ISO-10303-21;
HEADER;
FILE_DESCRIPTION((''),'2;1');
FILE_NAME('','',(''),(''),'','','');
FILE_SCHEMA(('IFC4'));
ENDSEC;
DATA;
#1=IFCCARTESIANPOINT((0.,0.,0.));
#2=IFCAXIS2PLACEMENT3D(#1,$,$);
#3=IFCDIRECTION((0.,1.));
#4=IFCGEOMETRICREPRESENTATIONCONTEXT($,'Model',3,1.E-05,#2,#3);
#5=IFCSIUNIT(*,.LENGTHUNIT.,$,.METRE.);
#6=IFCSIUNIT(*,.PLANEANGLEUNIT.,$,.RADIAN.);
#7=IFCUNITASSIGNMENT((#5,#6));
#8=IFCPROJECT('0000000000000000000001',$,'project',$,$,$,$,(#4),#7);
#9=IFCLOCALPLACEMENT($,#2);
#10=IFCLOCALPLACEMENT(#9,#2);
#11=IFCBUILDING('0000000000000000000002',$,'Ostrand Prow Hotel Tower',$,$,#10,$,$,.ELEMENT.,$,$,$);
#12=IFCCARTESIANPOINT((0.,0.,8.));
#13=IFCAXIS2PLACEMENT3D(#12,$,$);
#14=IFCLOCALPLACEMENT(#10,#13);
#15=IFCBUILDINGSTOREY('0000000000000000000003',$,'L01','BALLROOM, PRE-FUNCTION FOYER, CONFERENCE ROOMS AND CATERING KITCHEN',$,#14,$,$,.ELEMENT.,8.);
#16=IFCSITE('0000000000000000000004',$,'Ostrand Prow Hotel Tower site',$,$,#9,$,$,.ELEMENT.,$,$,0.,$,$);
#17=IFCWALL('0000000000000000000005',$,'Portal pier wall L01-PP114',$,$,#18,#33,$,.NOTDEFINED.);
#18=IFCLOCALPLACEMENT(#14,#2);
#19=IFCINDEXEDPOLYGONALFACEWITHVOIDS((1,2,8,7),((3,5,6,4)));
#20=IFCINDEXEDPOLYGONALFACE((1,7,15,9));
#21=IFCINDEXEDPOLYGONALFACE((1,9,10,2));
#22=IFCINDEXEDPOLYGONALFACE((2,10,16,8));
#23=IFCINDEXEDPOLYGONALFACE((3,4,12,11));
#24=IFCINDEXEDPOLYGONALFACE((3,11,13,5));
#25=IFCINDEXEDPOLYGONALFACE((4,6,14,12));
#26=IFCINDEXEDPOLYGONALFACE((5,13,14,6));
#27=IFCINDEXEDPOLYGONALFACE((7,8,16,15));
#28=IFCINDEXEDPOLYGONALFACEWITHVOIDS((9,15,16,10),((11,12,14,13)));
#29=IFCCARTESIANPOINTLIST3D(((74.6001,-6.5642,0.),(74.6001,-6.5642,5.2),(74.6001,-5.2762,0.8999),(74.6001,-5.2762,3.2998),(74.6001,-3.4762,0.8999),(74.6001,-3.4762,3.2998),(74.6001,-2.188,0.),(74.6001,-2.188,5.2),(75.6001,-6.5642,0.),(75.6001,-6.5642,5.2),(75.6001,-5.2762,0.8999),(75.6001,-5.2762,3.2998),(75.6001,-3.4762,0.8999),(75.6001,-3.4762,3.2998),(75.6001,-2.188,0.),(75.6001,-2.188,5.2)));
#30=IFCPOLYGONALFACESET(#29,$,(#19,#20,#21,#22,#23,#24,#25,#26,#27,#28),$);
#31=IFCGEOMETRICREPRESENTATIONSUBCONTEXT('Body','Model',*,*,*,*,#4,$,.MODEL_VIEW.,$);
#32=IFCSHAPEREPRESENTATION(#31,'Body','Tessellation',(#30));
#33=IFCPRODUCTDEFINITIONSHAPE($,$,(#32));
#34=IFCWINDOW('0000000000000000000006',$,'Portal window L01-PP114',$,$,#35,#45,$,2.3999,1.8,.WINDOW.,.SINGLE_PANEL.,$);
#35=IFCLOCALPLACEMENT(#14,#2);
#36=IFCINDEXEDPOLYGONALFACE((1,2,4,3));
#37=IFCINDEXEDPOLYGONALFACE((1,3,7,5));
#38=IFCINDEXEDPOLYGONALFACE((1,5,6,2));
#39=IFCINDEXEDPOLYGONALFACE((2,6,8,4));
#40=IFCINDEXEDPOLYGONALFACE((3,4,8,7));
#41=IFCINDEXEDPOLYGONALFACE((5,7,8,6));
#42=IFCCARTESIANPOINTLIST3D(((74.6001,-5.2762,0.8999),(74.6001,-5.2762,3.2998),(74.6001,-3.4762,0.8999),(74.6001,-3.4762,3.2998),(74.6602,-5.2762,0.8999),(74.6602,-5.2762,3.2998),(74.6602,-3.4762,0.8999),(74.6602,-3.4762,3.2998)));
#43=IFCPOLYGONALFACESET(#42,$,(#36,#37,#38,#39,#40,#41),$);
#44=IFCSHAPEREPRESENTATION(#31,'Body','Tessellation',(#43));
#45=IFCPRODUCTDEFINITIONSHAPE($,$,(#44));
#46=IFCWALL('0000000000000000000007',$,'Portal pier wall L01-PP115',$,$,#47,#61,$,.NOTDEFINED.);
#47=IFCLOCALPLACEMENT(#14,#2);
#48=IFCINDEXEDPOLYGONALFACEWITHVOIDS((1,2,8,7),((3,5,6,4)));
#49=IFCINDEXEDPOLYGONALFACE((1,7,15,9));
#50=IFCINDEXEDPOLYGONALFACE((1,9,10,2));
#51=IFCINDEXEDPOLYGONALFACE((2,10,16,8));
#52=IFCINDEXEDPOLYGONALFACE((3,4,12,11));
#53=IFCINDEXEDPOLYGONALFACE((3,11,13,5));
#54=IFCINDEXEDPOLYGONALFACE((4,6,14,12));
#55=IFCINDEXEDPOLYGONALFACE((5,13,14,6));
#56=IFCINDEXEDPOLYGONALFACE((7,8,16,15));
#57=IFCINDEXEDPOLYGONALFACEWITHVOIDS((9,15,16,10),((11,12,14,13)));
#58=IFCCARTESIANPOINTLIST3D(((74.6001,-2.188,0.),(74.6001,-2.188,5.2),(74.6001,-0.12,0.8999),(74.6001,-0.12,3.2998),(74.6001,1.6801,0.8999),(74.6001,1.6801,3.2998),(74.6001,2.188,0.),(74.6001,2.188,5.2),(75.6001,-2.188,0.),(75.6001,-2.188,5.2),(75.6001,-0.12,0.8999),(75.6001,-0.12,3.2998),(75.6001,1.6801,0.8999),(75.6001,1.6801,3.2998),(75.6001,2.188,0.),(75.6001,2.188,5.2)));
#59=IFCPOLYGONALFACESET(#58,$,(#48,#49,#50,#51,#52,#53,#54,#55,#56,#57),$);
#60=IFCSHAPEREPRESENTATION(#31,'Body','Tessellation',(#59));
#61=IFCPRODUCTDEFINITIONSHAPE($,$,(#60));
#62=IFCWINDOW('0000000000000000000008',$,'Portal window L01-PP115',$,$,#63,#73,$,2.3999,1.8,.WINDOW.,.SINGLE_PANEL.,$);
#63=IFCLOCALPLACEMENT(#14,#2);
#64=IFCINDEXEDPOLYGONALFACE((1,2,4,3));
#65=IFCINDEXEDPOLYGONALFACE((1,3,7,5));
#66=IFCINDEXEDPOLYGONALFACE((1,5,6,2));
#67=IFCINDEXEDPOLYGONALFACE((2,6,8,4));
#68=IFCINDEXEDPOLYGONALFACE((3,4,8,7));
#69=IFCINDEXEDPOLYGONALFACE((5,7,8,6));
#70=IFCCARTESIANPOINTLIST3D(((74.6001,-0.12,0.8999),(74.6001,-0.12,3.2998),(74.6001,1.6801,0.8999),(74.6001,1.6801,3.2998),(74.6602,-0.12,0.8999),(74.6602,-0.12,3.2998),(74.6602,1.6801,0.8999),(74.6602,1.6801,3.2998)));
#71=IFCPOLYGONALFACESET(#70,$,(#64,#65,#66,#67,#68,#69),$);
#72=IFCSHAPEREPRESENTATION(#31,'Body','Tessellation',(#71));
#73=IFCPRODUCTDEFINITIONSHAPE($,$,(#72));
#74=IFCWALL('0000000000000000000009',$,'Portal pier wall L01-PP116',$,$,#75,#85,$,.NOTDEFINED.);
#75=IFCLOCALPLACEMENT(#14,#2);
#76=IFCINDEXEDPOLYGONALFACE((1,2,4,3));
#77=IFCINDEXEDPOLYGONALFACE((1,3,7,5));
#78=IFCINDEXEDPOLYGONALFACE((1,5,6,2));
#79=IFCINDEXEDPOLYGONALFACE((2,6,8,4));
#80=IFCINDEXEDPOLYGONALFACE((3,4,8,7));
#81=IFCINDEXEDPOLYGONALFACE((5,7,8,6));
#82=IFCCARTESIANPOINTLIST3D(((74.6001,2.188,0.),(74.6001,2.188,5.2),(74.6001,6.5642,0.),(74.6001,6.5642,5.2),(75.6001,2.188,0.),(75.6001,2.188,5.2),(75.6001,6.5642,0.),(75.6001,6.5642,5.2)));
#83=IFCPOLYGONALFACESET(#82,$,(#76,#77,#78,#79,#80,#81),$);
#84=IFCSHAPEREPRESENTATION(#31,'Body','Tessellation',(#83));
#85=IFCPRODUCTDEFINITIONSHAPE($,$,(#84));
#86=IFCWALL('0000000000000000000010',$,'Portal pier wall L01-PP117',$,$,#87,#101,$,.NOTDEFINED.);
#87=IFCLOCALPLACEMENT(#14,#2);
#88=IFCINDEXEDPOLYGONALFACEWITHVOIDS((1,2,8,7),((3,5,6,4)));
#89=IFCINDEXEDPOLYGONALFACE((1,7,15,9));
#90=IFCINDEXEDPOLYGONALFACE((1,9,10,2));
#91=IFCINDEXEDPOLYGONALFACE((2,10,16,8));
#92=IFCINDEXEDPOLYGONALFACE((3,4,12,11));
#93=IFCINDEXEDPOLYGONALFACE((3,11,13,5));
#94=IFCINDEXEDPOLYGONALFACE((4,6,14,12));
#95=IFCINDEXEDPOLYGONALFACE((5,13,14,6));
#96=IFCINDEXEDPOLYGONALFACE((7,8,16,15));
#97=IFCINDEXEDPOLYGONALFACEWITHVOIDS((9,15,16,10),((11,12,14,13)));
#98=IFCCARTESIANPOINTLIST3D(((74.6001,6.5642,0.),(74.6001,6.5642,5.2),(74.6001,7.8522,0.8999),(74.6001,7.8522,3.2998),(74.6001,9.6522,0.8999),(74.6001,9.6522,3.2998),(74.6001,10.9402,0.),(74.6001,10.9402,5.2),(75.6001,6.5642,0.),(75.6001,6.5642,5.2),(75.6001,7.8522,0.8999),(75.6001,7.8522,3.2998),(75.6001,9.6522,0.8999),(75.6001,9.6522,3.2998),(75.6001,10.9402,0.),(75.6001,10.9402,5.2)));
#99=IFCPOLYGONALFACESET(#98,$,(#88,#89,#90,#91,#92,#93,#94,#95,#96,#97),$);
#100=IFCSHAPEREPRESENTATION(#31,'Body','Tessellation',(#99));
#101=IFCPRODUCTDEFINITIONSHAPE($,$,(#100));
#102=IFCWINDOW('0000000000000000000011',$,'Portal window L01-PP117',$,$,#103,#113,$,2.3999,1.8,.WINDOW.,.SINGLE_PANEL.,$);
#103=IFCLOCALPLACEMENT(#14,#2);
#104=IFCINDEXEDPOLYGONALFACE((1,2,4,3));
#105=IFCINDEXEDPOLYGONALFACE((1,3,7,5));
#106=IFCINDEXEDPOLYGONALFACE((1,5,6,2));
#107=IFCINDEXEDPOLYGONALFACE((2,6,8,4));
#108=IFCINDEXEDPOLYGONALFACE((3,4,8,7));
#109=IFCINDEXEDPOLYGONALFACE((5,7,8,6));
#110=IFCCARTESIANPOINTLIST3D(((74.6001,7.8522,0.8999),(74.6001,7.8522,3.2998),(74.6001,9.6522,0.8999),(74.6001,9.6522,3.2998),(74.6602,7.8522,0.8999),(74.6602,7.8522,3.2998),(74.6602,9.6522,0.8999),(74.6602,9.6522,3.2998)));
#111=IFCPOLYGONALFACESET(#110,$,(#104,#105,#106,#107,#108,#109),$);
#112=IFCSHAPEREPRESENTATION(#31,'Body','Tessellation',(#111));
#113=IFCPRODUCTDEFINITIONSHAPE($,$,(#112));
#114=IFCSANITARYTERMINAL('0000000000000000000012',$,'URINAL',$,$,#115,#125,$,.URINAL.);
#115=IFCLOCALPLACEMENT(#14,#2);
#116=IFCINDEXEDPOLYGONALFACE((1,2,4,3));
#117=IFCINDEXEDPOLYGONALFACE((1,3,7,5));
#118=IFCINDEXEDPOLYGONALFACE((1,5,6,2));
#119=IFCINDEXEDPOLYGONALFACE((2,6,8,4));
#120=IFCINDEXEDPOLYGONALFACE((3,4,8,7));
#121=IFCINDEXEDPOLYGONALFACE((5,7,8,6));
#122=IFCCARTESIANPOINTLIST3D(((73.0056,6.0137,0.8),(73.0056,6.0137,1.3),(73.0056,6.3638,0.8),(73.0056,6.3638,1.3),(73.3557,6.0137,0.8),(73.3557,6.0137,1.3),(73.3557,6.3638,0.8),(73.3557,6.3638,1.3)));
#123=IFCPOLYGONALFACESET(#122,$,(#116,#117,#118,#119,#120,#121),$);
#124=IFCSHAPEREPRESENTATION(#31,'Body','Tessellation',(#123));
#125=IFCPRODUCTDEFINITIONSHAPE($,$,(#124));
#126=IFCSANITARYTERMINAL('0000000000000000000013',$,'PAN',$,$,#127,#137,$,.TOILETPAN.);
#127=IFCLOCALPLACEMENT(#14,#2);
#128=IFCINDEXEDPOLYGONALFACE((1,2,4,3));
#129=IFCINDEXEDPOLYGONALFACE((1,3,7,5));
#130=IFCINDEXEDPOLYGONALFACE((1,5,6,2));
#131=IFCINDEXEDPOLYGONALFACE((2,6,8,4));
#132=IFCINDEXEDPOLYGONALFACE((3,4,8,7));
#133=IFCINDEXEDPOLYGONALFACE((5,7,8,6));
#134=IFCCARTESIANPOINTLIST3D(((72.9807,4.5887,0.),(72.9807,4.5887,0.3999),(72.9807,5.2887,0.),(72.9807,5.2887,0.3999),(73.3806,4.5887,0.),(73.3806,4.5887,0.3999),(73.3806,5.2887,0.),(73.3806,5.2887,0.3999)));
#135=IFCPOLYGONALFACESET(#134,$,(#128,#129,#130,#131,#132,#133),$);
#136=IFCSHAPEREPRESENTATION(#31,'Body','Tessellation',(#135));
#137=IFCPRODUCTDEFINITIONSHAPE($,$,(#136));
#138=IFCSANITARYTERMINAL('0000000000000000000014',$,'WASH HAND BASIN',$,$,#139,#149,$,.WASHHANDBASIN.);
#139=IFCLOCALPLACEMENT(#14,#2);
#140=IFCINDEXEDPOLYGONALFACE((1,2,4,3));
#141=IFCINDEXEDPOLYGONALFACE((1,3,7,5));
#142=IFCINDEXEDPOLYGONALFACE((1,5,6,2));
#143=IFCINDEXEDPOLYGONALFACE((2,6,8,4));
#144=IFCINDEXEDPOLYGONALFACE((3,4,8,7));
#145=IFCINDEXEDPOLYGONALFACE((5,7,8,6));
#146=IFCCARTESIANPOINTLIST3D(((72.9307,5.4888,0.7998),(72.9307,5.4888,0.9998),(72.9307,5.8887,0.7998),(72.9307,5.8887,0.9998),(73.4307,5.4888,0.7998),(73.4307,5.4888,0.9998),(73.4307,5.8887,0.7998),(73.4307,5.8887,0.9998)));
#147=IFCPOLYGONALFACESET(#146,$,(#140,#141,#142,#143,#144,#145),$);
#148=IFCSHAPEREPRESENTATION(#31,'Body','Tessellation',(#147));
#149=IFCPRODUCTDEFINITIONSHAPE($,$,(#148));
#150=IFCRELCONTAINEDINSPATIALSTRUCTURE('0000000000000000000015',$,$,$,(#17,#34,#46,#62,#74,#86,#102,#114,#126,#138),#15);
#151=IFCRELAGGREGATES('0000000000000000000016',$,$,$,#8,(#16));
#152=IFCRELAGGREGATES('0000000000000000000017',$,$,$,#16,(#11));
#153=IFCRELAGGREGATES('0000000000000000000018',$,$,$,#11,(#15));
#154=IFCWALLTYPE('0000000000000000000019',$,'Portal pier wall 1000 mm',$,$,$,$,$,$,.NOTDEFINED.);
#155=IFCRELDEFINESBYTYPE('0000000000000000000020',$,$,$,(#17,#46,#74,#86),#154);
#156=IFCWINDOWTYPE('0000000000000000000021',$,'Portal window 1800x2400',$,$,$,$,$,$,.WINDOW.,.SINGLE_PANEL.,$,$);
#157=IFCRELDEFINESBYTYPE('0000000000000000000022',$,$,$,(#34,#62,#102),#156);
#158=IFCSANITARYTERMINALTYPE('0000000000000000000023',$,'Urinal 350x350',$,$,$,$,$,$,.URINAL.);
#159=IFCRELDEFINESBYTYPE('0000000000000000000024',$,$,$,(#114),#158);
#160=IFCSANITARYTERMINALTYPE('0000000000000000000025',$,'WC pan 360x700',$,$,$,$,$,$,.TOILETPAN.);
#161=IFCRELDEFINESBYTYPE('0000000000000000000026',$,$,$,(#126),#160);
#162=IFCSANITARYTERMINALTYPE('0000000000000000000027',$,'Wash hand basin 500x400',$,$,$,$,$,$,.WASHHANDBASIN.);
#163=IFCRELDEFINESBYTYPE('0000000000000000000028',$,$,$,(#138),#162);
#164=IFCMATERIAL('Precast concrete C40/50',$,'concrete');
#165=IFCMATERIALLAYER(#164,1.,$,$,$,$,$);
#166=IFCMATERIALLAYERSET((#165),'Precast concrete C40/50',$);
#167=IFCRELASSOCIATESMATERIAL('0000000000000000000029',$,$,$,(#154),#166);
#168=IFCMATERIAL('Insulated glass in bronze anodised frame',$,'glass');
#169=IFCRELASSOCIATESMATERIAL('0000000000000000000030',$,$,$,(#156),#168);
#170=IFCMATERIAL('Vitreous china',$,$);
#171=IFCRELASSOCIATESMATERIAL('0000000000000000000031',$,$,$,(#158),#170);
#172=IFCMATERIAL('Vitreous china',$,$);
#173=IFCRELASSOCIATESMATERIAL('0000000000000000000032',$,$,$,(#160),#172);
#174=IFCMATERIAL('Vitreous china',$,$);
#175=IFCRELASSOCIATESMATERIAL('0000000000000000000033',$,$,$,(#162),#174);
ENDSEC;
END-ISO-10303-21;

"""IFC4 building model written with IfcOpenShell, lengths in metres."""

from ifc_helpers import new_model, si_unit, direction, frame, frame_2d, origin, origin_2d, place, context, subcontext, project, spatial, polyline, rectangle, outline, extrude, material, layer, layer_set, type_object, element, fill, save


model = new_model("IFC4")

# Units and contexts
model_context = context("Model", 3, precision=1e-05, world=origin(), true_north=direction((0.0, 1.0)))
body_context = subcontext(model_context, "Body", "Model", "MODEL_VIEW")
ifc_project = project(units=[si_unit("LENGTHUNIT", "METRE"), si_unit("PLANEANGLEUNIT", "RADIAN")], contexts=[model_context])

# Site, building, storey
site_placement = place(None, origin())
site = spatial("IfcSite", under=ifc_project, at=site_placement, Name="Ostrand Prow Hotel Tower site", CompositionType="ELEMENT", RefElevation=0.0)
building_placement = place(site_placement, origin())
building = spatial("IfcBuilding", under=site, at=building_placement, Name="Ostrand Prow Hotel Tower", CompositionType="ELEMENT")
storey_placement = place(building_placement, frame((0.0, 0.0, 8.0)))
storey = spatial("IfcBuildingStorey", under=building, at=storey_placement, Name="L01", Description="BALLROOM, PRE-FUNCTION FOYER, CONFERENCE ROOMS AND CATERING KITCHEN", CompositionType="ELEMENT", Elevation=8.0)

# Walls, openings, windows
ifc_material_1 = material(Name="Precast concrete C40/50", Category="concrete")
ifc_layer_1 = layer(ifc_material_1, 1.0)
ifc_layer_set_1 = layer_set([ifc_layer_1], Name="Precast concrete C40/50")
wall_type_1 = type_object("IfcWallType", Name="Portal pier wall 1000 mm", PredefinedType="NOTDEFINED", material=ifc_layer_set_1)
ifc_material_2 = material(Name="Insulated glass in bronze anodised frame", Category="glass")
window_type = type_object("IfcWindowType", Name="Portal window 1800x2400", PartitioningType="SINGLE_PANEL", PredefinedType="WINDOW", material=ifc_material_2)
wall_1_placement = place(storey_placement, frame((75.1001, -6.5642, 0.0), z_axis=(0.0, 0.0, 1.0), x_axis=(0.0, 1.0, 0.0)))
wall_1 = element("IfcWall", 1, at=wall_1_placement, inside=storey, type_object=wall_type_1, Name="Portal pier wall L01-PP114", PredefinedType="NOTDEFINED", context=body_context, shape_type="SweptSolid", body=[
    extrude(outline(polyline([(0.0, -0.5), (4.3762, -0.5), (4.3762, 0.5), (0.0, 0.5), (0.0, -0.5)])), origin(), (0.0, 0.0, 1.0), 5.2),
])
opening_1_placement = place(wall_1_placement, frame((1.2881, 0.0, 0.8999)))
opening_1 = element("IfcOpeningElement", 2, at=opening_1_placement, cuts=wall_1, PredefinedType="OPENING", context=body_context, shape_type="SweptSolid", body=[
    extrude(rectangle(XDim=1.8, YDim=2.3999, at=frame_2d((0.8999, 1.2))), frame((0.0, 0.51, 0.0), z_axis=(0.0, -1.0, 0.0), x_axis=(1.0, 0.0, 0.0)), (0.0, 0.0, 1.0), 1.02),
])
window_1_placement = place(opening_1_placement, origin())
window_1 = element("IfcWindow", 3, at=window_1_placement, inside=storey, type_object=window_type, Name="Portal window L01-PP114", OverallHeight=2.3999, OverallWidth=1.8, PartitioningType="SINGLE_PANEL", PredefinedType="WINDOW", context=body_context, shape_type="SweptSolid", body=[
    extrude(rectangle(XDim=1.8, YDim=2.3999, at=frame_2d((0.8999, 1.2))), frame((0.0, 0.5, 0.0), z_axis=(0.0, -1.0, 0.0), x_axis=(1.0, 0.0, 0.0)), (0.0, 0.0, 1.0), 0.0601),
])
fill(opening_1, window_1)
wall_2_placement = place(storey_placement, frame((75.1001, -2.188, 0.0), z_axis=(0.0, 0.0, 1.0), x_axis=(0.0, 1.0, 0.0)))
wall_2 = element("IfcWall", 4, at=wall_2_placement, inside=storey, type_object=wall_type_1, Name="Portal pier wall L01-PP115", PredefinedType="NOTDEFINED", context=body_context, shape_type="SweptSolid", body=[
    extrude(outline(polyline([(0.0, -0.5), (4.376, -0.5), (4.376, 0.5), (0.0, 0.5), (0.0, -0.5)])), origin(), (0.0, 0.0, 1.0), 5.2),
])
opening_2_placement = place(wall_2_placement, frame((2.0681, 0.0, 0.8999)))
opening_2 = element("IfcOpeningElement", 5, at=opening_2_placement, cuts=wall_2, PredefinedType="OPENING", context=body_context, shape_type="SweptSolid", body=[
    extrude(rectangle(XDim=1.8, YDim=2.3999, at=frame_2d((0.8999, 1.2))), frame((0.0, 0.51, 0.0), z_axis=(0.0, -1.0, 0.0), x_axis=(1.0, 0.0, 0.0)), (0.0, 0.0, 1.0), 1.02),
])
window_2_placement = place(opening_2_placement, origin())
window_2 = element("IfcWindow", 6, at=window_2_placement, inside=storey, type_object=window_type, Name="Portal window L01-PP115", OverallHeight=2.3999, OverallWidth=1.8, PartitioningType="SINGLE_PANEL", PredefinedType="WINDOW", context=body_context, shape_type="SweptSolid", body=[
    extrude(rectangle(XDim=1.8, YDim=2.3999, at=frame_2d((0.8999, 1.2))), frame((0.0, 0.5, 0.0), z_axis=(0.0, -1.0, 0.0), x_axis=(1.0, 0.0, 0.0)), (0.0, 0.0, 1.0), 0.0601),
])
fill(opening_2, window_2)

# Wall
wall_3_placement = place(storey_placement, frame((75.1001, 2.188, 0.0), z_axis=(0.0, 0.0, 1.0), x_axis=(0.0, 1.0, 0.0)))
element("IfcWall", 7, at=wall_3_placement, inside=storey, type_object=wall_type_1, Name="Portal pier wall L01-PP116", PredefinedType="NOTDEFINED", context=body_context, shape_type="SweptSolid", body=[
    extrude(outline(polyline([(0.0, -0.5), (4.3762, -0.5), (4.3762, 0.5), (0.0, 0.5), (0.0, -0.5)])), origin(), (0.0, 0.0, 1.0), 5.2),
])

# Wall, opening, window
wall_4_placement = place(storey_placement, frame((75.1001, 6.5642, 0.0), z_axis=(0.0, 0.0, 1.0), x_axis=(0.0, 1.0, 0.0)))
wall_4 = element("IfcWall", 8, at=wall_4_placement, inside=storey, type_object=wall_type_1, Name="Portal pier wall L01-PP117", PredefinedType="NOTDEFINED", context=body_context, shape_type="SweptSolid", body=[
    extrude(outline(polyline([(0.0, -0.5), (4.376, -0.5), (4.376, 0.5), (0.0, 0.5), (0.0, -0.5)])), origin(), (0.0, 0.0, 1.0), 5.2),
])
opening_3_placement = place(wall_4_placement, frame((1.2881, 0.0, 0.8999)))
opening_3 = element("IfcOpeningElement", 9, at=opening_3_placement, cuts=wall_4, PredefinedType="OPENING", context=body_context, shape_type="SweptSolid", body=[
    extrude(rectangle(XDim=1.8, YDim=2.3999, at=frame_2d((0.8999, 1.2))), frame((0.0, 0.51, 0.0), z_axis=(0.0, -1.0, 0.0), x_axis=(1.0, 0.0, 0.0)), (0.0, 0.0, 1.0), 1.02),
])
window_3_placement = place(opening_3_placement, origin())
window_3 = element("IfcWindow", 10, at=window_3_placement, inside=storey, type_object=window_type, Name="Portal window L01-PP117", OverallHeight=2.3999, OverallWidth=1.8, PartitioningType="SINGLE_PANEL", PredefinedType="WINDOW", context=body_context, shape_type="SweptSolid", body=[
    extrude(rectangle(XDim=1.8, YDim=2.3999, at=frame_2d((0.8999, 1.2))), frame((0.0, 0.5, 0.0), z_axis=(0.0, -1.0, 0.0), x_axis=(1.0, 0.0, 0.0)), (0.0, 0.0, 1.0), 0.0601),
])
fill(opening_3, window_3)

# Sanitary terminals
ifc_material_3 = material(Name="Vitreous china")
sanitary_terminal_type_1 = type_object("IfcSanitaryTerminalType", Name="Urinal 350x350", PredefinedType="URINAL", material=ifc_material_3)
sanitary_terminal_1_placement = place(storey_placement, frame((73.1807, 6.1887, 0.8), z_axis=(0.0, 0.0, 1.0), x_axis=(1.0, 0.0, 0.0)))
element("IfcSanitaryTerminal", 11, at=sanitary_terminal_1_placement, inside=storey, type_object=sanitary_terminal_type_1, Name="URINAL", PredefinedType="URINAL", context=body_context, shape_type="SweptSolid", body=[
    extrude(rectangle(XDim=0.3501, YDim=0.3501, at=origin_2d()), origin(), (0.0, 0.0, 1.0), 0.5),
])
ifc_material_4 = material(Name="Vitreous china")
sanitary_terminal_type_2 = type_object("IfcSanitaryTerminalType", Name="WC pan 360x700", PredefinedType="TOILETPAN", material=ifc_material_4)
sanitary_terminal_2_placement = place(storey_placement, frame((73.1807, 4.9387, 0.0), z_axis=(0.0, 0.0, 1.0), x_axis=(1.0, 0.0, 0.0)))
element("IfcSanitaryTerminal", 12, at=sanitary_terminal_2_placement, inside=storey, type_object=sanitary_terminal_type_2, Name="PAN", PredefinedType="TOILETPAN", context=body_context, shape_type="SweptSolid", body=[
    extrude(rectangle(XDim=0.3999, YDim=0.7, at=origin_2d()), origin(), (0.0, 0.0, 1.0), 0.3999),
])
ifc_material_5 = material(Name="Vitreous china")
sanitary_terminal_type_3 = type_object("IfcSanitaryTerminalType", Name="Wash hand basin 500x400", PredefinedType="WASHHANDBASIN", material=ifc_material_5)
sanitary_terminal_3_placement = place(storey_placement, frame((73.1807, 5.6887, 0.7998), z_axis=(0.0, 0.0, 1.0), x_axis=(1.0, 0.0, 0.0)))
element("IfcSanitaryTerminal", 13, at=sanitary_terminal_3_placement, inside=storey, type_object=sanitary_terminal_type_3, Name="WASH HAND BASIN", PredefinedType="WASHHANDBASIN", context=body_context, shape_type="SweptSolid", body=[
    extrude(rectangle(XDim=0.5, YDim=0.3999, at=origin_2d()), origin(), (0.0, 0.0, 1.0), 0.2),
])

save(model, "model.ifc")
